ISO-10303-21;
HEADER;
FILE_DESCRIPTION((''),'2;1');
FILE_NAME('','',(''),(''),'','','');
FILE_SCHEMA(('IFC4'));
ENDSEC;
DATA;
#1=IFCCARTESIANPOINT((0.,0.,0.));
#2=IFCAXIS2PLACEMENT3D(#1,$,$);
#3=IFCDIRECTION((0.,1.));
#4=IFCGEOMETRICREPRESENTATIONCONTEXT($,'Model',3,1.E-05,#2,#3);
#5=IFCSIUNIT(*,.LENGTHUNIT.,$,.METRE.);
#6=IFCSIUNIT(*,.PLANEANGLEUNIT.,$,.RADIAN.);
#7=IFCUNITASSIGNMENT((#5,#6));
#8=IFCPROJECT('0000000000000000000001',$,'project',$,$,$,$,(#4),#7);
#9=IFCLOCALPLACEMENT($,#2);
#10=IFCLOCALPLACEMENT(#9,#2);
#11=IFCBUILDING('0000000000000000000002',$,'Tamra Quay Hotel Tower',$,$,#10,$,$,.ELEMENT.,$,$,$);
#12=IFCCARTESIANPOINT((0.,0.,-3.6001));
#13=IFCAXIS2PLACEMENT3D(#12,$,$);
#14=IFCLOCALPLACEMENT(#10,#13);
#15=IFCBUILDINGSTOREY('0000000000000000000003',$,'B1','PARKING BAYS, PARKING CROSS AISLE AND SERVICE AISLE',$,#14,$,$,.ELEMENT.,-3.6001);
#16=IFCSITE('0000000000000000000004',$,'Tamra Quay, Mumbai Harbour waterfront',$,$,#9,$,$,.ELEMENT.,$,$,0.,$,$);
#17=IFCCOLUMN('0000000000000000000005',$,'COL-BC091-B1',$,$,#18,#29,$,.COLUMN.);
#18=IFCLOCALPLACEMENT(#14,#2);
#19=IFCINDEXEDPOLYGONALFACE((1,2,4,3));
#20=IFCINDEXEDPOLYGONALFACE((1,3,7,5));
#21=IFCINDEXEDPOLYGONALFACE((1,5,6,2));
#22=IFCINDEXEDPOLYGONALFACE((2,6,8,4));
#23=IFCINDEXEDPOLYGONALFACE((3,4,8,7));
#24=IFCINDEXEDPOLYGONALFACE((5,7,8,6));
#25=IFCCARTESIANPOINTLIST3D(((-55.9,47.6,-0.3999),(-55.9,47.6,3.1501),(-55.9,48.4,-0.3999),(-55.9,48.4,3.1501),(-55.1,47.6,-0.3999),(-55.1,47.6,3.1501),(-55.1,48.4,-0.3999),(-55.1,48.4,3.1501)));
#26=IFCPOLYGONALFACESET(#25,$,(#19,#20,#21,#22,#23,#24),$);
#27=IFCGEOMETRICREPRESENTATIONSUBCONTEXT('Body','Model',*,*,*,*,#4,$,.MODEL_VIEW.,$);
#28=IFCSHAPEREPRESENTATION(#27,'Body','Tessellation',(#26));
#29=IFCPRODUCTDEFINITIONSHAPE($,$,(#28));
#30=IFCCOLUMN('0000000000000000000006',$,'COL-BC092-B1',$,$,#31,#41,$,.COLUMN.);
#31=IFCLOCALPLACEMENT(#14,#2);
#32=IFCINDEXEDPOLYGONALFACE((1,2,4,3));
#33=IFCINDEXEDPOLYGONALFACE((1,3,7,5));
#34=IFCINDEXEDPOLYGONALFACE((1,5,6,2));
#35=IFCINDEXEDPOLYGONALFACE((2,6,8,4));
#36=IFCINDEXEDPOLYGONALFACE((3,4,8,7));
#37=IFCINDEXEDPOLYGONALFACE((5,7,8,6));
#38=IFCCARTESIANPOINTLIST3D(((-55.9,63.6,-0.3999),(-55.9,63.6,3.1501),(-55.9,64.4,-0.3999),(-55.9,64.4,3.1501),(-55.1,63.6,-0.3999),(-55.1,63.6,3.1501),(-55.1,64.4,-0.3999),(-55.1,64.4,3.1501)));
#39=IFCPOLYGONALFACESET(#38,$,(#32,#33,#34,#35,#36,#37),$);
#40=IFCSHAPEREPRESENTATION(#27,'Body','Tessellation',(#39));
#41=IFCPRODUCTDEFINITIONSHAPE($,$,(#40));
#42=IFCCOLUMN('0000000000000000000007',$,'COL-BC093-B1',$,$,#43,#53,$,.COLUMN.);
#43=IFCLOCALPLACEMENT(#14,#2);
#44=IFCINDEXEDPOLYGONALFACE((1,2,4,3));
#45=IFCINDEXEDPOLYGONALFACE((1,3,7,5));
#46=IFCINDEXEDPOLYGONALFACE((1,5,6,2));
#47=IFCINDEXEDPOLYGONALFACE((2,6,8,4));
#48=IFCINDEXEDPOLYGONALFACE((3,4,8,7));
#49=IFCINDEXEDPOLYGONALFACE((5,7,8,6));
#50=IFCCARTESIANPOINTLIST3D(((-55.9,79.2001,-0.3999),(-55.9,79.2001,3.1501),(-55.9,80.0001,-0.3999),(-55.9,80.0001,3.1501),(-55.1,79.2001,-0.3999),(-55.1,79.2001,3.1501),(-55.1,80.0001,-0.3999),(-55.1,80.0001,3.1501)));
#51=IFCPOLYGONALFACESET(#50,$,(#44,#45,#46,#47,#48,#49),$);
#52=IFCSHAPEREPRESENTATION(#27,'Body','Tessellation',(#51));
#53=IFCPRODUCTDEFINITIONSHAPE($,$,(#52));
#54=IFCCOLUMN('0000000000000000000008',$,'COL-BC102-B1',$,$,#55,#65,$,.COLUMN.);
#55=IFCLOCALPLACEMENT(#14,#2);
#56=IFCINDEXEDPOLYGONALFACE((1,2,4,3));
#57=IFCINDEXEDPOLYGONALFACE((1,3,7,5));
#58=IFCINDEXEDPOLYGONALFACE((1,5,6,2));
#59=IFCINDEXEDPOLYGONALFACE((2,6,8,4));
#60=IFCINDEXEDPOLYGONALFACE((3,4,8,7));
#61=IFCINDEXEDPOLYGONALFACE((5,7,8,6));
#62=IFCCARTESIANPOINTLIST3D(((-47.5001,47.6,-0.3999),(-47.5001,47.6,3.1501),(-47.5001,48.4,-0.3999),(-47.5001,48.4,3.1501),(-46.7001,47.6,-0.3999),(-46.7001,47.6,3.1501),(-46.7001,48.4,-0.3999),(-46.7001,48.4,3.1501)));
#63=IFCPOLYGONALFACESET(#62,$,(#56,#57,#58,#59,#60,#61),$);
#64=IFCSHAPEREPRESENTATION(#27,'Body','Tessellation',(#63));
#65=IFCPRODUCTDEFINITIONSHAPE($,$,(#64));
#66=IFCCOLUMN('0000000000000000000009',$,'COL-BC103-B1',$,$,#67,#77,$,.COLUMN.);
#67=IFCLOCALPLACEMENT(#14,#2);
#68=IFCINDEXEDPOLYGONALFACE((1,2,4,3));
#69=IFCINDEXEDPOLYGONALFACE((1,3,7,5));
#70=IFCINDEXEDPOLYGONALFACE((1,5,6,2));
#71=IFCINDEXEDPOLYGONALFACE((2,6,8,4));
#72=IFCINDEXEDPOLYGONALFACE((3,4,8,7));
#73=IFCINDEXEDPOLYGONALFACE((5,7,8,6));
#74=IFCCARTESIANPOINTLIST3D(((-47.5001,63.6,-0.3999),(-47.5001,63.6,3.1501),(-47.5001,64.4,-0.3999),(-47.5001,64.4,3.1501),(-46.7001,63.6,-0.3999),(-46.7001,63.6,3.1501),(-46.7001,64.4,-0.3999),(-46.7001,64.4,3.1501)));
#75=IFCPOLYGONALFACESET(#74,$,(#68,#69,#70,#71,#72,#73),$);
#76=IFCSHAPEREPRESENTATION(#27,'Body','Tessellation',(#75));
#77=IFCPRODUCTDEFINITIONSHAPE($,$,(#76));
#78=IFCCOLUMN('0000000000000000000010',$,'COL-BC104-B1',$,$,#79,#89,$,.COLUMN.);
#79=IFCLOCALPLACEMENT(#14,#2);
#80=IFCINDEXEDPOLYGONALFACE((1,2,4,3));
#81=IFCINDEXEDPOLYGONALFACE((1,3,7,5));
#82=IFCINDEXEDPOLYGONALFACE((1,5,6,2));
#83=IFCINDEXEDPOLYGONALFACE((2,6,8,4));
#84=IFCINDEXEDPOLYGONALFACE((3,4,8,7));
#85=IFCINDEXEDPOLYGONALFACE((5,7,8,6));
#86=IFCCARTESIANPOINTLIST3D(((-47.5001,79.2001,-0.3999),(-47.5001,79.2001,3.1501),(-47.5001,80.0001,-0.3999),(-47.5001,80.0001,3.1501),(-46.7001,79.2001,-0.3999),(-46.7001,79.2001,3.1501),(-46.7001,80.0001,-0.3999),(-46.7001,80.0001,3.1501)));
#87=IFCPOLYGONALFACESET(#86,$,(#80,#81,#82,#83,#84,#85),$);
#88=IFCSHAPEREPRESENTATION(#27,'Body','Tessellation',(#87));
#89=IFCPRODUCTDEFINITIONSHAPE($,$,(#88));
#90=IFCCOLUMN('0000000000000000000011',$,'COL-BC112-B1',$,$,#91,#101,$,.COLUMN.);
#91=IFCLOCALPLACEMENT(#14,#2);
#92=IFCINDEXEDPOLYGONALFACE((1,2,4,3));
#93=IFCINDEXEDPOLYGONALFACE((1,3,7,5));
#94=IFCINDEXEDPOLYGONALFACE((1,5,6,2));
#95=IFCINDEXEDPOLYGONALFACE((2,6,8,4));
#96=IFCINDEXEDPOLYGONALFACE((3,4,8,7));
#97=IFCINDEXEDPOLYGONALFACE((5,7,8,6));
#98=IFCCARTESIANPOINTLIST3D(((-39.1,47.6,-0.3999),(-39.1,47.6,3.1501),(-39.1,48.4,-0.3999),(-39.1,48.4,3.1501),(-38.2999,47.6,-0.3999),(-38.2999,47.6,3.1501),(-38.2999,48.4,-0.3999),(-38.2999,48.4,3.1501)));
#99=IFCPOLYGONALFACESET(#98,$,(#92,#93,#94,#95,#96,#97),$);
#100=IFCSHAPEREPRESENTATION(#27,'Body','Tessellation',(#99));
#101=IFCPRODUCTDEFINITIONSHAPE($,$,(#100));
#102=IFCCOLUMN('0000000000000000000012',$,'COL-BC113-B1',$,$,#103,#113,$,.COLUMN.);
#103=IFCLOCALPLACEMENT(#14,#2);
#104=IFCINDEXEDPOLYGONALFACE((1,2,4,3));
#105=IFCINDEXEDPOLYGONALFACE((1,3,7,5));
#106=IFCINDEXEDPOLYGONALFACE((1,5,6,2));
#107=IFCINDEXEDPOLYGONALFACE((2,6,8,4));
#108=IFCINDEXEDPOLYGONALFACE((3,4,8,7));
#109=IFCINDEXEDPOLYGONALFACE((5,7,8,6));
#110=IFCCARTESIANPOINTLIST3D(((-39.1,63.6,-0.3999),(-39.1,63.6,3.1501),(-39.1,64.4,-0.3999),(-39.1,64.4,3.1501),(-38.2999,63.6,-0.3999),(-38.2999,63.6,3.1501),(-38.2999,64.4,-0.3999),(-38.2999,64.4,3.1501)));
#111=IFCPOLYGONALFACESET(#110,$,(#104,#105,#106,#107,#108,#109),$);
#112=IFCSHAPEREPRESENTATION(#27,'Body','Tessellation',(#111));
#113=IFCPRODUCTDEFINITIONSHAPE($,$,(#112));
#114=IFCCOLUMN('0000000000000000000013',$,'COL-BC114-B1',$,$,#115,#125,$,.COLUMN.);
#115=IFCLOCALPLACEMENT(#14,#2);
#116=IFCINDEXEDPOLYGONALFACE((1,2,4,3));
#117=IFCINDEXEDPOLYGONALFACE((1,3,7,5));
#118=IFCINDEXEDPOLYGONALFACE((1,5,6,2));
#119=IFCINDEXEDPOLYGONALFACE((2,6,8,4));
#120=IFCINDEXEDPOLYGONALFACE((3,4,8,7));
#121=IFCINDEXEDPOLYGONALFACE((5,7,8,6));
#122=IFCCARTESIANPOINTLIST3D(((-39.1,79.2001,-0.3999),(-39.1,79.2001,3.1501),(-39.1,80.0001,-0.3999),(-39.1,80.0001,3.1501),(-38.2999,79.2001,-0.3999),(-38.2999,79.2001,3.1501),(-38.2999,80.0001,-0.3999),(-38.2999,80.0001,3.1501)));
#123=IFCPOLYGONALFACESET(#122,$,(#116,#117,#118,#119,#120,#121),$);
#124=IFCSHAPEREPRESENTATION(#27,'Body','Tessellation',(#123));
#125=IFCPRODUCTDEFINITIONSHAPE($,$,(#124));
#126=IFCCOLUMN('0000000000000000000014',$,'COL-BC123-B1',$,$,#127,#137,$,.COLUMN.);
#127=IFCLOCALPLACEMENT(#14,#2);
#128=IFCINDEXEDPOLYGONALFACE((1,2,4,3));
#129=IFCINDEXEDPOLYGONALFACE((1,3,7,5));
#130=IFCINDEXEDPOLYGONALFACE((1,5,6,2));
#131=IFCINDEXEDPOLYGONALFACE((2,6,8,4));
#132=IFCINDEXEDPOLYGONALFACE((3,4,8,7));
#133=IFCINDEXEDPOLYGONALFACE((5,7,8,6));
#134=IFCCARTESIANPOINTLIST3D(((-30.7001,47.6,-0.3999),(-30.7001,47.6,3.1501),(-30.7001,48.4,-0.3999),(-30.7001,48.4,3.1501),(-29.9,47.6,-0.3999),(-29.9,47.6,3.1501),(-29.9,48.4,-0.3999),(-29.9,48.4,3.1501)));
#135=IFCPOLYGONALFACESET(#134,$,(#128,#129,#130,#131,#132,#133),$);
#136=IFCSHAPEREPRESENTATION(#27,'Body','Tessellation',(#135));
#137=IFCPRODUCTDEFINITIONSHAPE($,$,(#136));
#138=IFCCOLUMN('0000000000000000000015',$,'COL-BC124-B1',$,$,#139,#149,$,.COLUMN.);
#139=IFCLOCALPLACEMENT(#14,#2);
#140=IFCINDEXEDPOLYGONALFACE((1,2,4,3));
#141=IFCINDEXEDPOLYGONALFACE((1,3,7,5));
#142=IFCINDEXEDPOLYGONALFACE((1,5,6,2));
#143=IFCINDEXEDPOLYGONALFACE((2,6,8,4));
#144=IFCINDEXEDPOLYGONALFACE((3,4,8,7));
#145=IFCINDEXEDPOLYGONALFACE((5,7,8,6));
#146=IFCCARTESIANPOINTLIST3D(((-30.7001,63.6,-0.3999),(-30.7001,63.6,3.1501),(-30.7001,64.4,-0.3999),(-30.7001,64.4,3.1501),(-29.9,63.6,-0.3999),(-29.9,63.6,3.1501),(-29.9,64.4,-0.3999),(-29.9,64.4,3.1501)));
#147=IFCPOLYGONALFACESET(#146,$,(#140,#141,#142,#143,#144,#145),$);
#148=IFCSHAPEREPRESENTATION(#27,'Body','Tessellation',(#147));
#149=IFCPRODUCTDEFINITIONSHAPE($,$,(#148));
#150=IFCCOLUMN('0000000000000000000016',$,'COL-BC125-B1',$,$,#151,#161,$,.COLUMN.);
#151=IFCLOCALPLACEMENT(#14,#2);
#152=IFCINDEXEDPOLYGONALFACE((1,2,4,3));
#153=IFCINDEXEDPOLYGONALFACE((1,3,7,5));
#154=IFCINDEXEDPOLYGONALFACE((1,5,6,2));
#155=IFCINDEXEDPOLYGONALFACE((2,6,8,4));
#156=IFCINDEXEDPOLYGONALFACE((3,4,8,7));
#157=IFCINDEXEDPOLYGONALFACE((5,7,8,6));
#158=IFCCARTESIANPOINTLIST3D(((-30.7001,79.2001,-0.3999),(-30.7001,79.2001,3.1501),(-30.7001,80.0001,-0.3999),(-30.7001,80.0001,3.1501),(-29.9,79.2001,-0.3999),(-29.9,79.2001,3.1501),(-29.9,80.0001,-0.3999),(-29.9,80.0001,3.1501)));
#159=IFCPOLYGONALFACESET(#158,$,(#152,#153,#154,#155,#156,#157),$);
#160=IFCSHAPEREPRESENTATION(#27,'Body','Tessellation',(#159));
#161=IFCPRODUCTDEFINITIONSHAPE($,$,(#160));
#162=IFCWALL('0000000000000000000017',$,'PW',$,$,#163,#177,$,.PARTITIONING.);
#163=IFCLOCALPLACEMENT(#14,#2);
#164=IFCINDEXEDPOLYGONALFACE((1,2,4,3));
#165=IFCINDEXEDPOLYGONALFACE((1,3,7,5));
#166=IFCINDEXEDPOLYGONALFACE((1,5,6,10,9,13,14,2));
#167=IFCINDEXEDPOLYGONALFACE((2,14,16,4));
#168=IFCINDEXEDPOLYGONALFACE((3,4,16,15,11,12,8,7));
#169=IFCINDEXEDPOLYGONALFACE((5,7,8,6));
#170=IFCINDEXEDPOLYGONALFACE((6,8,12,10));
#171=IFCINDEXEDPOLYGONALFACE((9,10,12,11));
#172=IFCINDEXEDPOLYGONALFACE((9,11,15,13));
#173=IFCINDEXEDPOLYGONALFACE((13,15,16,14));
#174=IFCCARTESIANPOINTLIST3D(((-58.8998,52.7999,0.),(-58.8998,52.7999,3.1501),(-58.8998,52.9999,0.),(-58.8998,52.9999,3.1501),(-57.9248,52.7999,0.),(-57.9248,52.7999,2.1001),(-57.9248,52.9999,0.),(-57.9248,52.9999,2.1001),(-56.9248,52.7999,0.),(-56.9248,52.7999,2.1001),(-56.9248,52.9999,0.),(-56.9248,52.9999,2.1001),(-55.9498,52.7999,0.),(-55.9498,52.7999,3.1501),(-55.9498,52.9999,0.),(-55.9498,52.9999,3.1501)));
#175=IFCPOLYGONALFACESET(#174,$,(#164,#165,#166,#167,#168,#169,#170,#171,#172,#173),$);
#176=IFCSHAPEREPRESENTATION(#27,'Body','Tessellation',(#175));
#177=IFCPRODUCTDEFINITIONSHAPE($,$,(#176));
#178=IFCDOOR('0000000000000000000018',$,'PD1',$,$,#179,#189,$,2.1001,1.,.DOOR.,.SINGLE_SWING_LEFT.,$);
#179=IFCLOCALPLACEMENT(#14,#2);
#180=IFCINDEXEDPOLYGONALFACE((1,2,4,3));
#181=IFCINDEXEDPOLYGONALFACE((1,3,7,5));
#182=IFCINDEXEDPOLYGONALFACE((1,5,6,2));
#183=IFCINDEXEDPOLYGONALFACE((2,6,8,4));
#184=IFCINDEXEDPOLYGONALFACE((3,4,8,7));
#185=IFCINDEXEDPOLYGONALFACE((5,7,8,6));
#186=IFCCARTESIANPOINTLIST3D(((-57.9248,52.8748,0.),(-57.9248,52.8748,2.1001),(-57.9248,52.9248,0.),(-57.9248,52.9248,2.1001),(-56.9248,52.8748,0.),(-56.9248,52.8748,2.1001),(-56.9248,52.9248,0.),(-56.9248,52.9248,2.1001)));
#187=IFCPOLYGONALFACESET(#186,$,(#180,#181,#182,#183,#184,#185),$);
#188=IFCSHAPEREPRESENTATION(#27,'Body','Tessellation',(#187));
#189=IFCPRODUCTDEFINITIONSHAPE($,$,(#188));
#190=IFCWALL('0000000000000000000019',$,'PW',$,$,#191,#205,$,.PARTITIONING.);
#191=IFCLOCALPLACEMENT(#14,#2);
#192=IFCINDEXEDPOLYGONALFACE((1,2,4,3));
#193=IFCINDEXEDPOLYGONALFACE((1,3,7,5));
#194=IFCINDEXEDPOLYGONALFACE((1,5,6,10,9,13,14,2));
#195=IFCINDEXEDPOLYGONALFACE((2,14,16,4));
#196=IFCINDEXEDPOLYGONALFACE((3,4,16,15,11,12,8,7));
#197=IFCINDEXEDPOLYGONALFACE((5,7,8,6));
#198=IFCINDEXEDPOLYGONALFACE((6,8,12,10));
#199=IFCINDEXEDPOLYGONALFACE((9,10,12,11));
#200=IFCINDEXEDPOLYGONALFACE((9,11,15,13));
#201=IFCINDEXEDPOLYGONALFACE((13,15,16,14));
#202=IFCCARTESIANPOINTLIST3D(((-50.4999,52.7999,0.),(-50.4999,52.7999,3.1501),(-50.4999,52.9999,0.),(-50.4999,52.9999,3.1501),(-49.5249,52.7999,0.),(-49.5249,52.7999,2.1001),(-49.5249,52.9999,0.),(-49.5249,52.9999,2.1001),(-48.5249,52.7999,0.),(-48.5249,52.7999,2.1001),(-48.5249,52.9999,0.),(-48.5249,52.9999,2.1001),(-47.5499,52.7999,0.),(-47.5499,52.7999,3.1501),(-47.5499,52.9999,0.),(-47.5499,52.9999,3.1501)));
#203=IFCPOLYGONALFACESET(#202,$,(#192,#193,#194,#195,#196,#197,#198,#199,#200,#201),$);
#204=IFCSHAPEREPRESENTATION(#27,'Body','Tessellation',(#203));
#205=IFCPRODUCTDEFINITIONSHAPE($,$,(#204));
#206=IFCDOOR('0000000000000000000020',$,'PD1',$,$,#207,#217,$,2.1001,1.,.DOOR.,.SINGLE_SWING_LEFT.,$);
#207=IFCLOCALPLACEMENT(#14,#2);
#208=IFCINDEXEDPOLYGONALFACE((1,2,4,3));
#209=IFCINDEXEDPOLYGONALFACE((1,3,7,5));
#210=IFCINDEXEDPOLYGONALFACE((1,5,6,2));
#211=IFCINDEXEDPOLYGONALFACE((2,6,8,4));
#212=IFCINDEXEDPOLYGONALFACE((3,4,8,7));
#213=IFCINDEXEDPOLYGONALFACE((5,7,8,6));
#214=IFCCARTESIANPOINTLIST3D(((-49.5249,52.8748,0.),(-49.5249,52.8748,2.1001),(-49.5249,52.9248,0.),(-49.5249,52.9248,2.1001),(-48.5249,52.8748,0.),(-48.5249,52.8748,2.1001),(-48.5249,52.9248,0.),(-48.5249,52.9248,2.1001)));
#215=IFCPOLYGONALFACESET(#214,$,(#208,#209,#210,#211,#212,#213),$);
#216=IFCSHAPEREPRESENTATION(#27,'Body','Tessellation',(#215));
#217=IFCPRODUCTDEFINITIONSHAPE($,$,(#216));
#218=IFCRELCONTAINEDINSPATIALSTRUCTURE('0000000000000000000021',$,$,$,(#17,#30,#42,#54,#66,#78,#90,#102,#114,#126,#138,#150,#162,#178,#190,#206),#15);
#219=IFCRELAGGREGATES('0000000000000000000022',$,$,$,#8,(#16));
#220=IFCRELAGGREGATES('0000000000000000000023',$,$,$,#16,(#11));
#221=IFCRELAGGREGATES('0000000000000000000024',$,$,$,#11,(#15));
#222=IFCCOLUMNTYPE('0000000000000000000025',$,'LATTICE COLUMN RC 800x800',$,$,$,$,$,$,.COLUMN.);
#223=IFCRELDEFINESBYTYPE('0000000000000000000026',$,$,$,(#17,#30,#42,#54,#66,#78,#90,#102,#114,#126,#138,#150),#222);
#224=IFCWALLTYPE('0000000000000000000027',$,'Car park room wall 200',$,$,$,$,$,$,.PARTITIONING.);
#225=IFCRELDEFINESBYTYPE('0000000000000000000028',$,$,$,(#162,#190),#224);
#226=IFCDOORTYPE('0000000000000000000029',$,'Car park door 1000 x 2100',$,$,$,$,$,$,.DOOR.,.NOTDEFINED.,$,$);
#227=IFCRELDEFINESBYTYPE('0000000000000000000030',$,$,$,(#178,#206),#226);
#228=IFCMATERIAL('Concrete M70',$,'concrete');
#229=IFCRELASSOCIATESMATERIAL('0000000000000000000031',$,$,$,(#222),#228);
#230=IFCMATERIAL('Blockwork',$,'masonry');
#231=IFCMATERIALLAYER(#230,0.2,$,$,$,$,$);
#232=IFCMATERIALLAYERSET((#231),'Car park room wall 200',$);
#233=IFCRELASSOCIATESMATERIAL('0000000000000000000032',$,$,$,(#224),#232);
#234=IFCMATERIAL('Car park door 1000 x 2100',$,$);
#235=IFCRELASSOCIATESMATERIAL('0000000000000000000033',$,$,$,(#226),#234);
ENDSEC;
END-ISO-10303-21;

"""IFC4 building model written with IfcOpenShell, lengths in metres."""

from ifc_helpers import new_model, si_unit, direction, frame, frame_2d, origin, origin_2d, place, context, subcontext, project, spatial, rectangle, extrude, material, layer, layer_set, material_profile, profile_set, type_object, element, fill, save


model = new_model("IFC4")

# Units and contexts
model_context = context("Model", 3, precision=1e-05, world=origin(), true_north=direction((0.0, 1.0)))
body_context = subcontext(model_context, "Body", "Model", "MODEL_VIEW")
ifc_project = project(units=[si_unit("LENGTHUNIT", "METRE"), si_unit("PLANEANGLEUNIT", "RADIAN")], contexts=[model_context])

# Site, building, storey
site_placement = place(None, origin())
site = spatial("IfcSite", under=ifc_project, at=site_placement, Name="Tamra Quay, Mumbai Harbour waterfront", CompositionType="ELEMENT", RefElevation=0.0)
building_placement = place(site_placement, origin())
building = spatial("IfcBuilding", under=site, at=building_placement, Name="Tamra Quay Hotel Tower", CompositionType="ELEMENT")
storey_placement = place(building_placement, frame((0.0, 0.0, -3.6001)))
storey = spatial("IfcBuildingStorey", under=building, at=storey_placement, Name="B1", Description="PARKING BAYS, PARKING CROSS AISLE AND SERVICE AISLE", CompositionType="ELEMENT", Elevation=-3.6001)

# Columns
ifc_material_1 = material(Name="Concrete M70", Category="concrete")
ifc_material_profile = material_profile(ifc_material_1, rectangle(XDim=0.8, YDim=0.8, at=origin_2d()), Name="LATTICE COLUMN RC 800x800")
ifc_profile_set = profile_set([ifc_material_profile], Name="Concrete M70")
column_type = type_object("IfcColumnType", Name="LATTICE COLUMN RC 800x800", PredefinedType="COLUMN", material=ifc_profile_set)
for number, where, z_axis, x_axis, name in (
    (1, (-55.5, 48.0, -0.3999), (0.0, 0.0, 1.0), (1.0, 0.0, 0.0), "COL-BC091-B1"),
    (2, (-55.5, 64.0, -0.3999), (0.0, 0.0, 1.0), (1.0, 0.0, 0.0), "COL-BC092-B1"),
    (3, (-55.5, 79.6001, -0.3999), (0.0, 0.0, 1.0), (1.0, 0.0, 0.0), "COL-BC093-B1"),
    (4, (-47.1001, 48.0, -0.3999), (0.0, 0.0, 1.0), (1.0, 0.0, 0.0), "COL-BC102-B1"),
    (5, (-47.1001, 64.0, -0.3999), (0.0, 0.0, 1.0), (1.0, 0.0, 0.0), "COL-BC103-B1"),
    (6, (-47.1001, 79.6001, -0.3999), (0.0, 0.0, 1.0), (1.0, 0.0, 0.0), "COL-BC104-B1"),
    (7, (-38.7, 48.0, -0.3999), (0.0, 0.0, 1.0), (1.0, 0.0, 0.0), "COL-BC112-B1"),
    (8, (-38.7, 64.0, -0.3999), (0.0, 0.0, 1.0), (1.0, 0.0, 0.0), "COL-BC113-B1"),
    (9, (-38.7, 79.6001, -0.3999), (0.0, 0.0, 1.0), (1.0, 0.0, 0.0), "COL-BC114-B1"),
    (10, (-30.3, 48.0, -0.3999), (0.0, 0.0, 1.0), (1.0, 0.0, 0.0), "COL-BC123-B1"),
    (11, (-30.3, 64.0, -0.3999), (0.0, 0.0, 1.0), (1.0, 0.0, 0.0), "COL-BC124-B1"),
    (12, (-30.3, 79.6001, -0.3999), (0.0, 0.0, 1.0), (1.0, 0.0, 0.0), "COL-BC125-B1"),
):
    element("IfcColumn", number, at=place(storey_placement, frame(where, z_axis=z_axis, x_axis=x_axis)), inside=storey, type_object=column_type, Name=name, PredefinedType="COLUMN", context=body_context, shape_type="SweptSolid", body=[
        extrude(rectangle(XDim=0.8, YDim=0.8, at=origin_2d()), origin(), (0.0, 0.0, 1.0), 3.55),
    ])

# Walls, openings, doors
ifc_material_2 = material(Name="Blockwork", Category="masonry")
ifc_layer_1 = layer(ifc_material_2, 0.2)
ifc_layer_set_1 = layer_set([ifc_layer_1], Name="Car park room wall 200")
wall_type_1 = type_object("IfcWallType", Name="Car park room wall 200", PredefinedType="PARTITIONING", material=ifc_layer_set_1)
wall_1_placement = place(storey_placement, frame((-58.8999, 52.8999, 0.0), z_axis=(0.0, 0.0, 1.0), x_axis=(1.0, 0.0, 0.0)))
wall_1 = element("IfcWall", 13, at=wall_1_placement, inside=storey, type_object=wall_type_1, Name="PW", PredefinedType="PARTITIONING", context=body_context, shape_type="SweptSolid", body=[
    extrude(rectangle(XDim=2.95, YDim=0.2, at=frame_2d((1.4751, 0.0))), origin(), (0.0, 0.0, 1.0), 3.1501),
])
opening_1_placement = place(wall_1_placement, frame((0.9751, 0.0, 0.0)))
opening_1 = element("IfcOpeningElement", 14, at=opening_1_placement, cuts=wall_1, PredefinedType="OPENING", context=body_context, shape_type="SweptSolid", body=[
    extrude(rectangle(XDim=1.0, YDim=2.1001, at=frame_2d((0.5, 1.05))), frame((0.0, 0.1099, 0.0), z_axis=(0.0, -1.0, 0.0), x_axis=(1.0, 0.0, 0.0)), (0.0, 0.0, 1.0), 0.22),
])
ifc_material_3 = material(Name="Car park door 1000 x 2100")
door_type = type_object("IfcDoorType", Name="Car park door 1000 x 2100", OperationType="NOTDEFINED", PredefinedType="DOOR", material=ifc_material_3)
door_1_placement = place(opening_1_placement, origin())
door_1 = element("IfcDoor", 15, at=door_1_placement, inside=storey, type_object=door_type, Name="PD1", OperationType="SINGLE_SWING_LEFT", OverallHeight=2.1001, OverallWidth=1.0, PredefinedType="DOOR", context=body_context, shape_type="SweptSolid", body=[
    extrude(rectangle(XDim=1.0, YDim=2.1001, at=frame_2d((0.5, 1.05))), frame((0.0, 0.0249, 0.0), z_axis=(0.0, -1.0, 0.0), x_axis=(1.0, 0.0, 0.0)), (0.0, 0.0, 1.0), 0.05),
])
fill(opening_1, door_1)
wall_2_placement = place(storey_placement, frame((-50.5, 52.8999, 0.0), z_axis=(0.0, 0.0, 1.0), x_axis=(1.0, 0.0, 0.0)))
wall_2 = element("IfcWall", 16, at=wall_2_placement, inside=storey, type_object=wall_type_1, Name="PW", PredefinedType="PARTITIONING", context=body_context, shape_type="SweptSolid", body=[
    extrude(rectangle(XDim=2.95, YDim=0.2, at=frame_2d((1.4751, 0.0))), origin(), (0.0, 0.0, 1.0), 3.1501),
])
opening_2_placement = place(wall_2_placement, frame((0.9751, 0.0, 0.0)))
opening_2 = element("IfcOpeningElement", 17, at=opening_2_placement, cuts=wall_2, PredefinedType="OPENING", context=body_context, shape_type="SweptSolid", body=[
    extrude(rectangle(XDim=1.0, YDim=2.1001, at=frame_2d((0.5, 1.05))), frame((0.0, 0.1099, 0.0), z_axis=(0.0, -1.0, 0.0), x_axis=(1.0, 0.0, 0.0)), (0.0, 0.0, 1.0), 0.22),
])
door_2_placement = place(opening_2_placement, origin())
door_2 = element("IfcDoor", 18, at=door_2_placement, inside=storey, type_object=door_type, Name="PD1", OperationType="SINGLE_SWING_LEFT", OverallHeight=2.1001, OverallWidth=1.0, PredefinedType="DOOR", context=body_context, shape_type="SweptSolid", body=[
    extrude(rectangle(XDim=1.0, YDim=2.1001, at=frame_2d((0.5, 1.05))), frame((0.0, 0.0249, 0.0), z_axis=(0.0, -1.0, 0.0), x_axis=(1.0, 0.0, 0.0)), (0.0, 0.0, 1.0), 0.05),
])
fill(opening_2, door_2)

save(model, "model.ifc")
